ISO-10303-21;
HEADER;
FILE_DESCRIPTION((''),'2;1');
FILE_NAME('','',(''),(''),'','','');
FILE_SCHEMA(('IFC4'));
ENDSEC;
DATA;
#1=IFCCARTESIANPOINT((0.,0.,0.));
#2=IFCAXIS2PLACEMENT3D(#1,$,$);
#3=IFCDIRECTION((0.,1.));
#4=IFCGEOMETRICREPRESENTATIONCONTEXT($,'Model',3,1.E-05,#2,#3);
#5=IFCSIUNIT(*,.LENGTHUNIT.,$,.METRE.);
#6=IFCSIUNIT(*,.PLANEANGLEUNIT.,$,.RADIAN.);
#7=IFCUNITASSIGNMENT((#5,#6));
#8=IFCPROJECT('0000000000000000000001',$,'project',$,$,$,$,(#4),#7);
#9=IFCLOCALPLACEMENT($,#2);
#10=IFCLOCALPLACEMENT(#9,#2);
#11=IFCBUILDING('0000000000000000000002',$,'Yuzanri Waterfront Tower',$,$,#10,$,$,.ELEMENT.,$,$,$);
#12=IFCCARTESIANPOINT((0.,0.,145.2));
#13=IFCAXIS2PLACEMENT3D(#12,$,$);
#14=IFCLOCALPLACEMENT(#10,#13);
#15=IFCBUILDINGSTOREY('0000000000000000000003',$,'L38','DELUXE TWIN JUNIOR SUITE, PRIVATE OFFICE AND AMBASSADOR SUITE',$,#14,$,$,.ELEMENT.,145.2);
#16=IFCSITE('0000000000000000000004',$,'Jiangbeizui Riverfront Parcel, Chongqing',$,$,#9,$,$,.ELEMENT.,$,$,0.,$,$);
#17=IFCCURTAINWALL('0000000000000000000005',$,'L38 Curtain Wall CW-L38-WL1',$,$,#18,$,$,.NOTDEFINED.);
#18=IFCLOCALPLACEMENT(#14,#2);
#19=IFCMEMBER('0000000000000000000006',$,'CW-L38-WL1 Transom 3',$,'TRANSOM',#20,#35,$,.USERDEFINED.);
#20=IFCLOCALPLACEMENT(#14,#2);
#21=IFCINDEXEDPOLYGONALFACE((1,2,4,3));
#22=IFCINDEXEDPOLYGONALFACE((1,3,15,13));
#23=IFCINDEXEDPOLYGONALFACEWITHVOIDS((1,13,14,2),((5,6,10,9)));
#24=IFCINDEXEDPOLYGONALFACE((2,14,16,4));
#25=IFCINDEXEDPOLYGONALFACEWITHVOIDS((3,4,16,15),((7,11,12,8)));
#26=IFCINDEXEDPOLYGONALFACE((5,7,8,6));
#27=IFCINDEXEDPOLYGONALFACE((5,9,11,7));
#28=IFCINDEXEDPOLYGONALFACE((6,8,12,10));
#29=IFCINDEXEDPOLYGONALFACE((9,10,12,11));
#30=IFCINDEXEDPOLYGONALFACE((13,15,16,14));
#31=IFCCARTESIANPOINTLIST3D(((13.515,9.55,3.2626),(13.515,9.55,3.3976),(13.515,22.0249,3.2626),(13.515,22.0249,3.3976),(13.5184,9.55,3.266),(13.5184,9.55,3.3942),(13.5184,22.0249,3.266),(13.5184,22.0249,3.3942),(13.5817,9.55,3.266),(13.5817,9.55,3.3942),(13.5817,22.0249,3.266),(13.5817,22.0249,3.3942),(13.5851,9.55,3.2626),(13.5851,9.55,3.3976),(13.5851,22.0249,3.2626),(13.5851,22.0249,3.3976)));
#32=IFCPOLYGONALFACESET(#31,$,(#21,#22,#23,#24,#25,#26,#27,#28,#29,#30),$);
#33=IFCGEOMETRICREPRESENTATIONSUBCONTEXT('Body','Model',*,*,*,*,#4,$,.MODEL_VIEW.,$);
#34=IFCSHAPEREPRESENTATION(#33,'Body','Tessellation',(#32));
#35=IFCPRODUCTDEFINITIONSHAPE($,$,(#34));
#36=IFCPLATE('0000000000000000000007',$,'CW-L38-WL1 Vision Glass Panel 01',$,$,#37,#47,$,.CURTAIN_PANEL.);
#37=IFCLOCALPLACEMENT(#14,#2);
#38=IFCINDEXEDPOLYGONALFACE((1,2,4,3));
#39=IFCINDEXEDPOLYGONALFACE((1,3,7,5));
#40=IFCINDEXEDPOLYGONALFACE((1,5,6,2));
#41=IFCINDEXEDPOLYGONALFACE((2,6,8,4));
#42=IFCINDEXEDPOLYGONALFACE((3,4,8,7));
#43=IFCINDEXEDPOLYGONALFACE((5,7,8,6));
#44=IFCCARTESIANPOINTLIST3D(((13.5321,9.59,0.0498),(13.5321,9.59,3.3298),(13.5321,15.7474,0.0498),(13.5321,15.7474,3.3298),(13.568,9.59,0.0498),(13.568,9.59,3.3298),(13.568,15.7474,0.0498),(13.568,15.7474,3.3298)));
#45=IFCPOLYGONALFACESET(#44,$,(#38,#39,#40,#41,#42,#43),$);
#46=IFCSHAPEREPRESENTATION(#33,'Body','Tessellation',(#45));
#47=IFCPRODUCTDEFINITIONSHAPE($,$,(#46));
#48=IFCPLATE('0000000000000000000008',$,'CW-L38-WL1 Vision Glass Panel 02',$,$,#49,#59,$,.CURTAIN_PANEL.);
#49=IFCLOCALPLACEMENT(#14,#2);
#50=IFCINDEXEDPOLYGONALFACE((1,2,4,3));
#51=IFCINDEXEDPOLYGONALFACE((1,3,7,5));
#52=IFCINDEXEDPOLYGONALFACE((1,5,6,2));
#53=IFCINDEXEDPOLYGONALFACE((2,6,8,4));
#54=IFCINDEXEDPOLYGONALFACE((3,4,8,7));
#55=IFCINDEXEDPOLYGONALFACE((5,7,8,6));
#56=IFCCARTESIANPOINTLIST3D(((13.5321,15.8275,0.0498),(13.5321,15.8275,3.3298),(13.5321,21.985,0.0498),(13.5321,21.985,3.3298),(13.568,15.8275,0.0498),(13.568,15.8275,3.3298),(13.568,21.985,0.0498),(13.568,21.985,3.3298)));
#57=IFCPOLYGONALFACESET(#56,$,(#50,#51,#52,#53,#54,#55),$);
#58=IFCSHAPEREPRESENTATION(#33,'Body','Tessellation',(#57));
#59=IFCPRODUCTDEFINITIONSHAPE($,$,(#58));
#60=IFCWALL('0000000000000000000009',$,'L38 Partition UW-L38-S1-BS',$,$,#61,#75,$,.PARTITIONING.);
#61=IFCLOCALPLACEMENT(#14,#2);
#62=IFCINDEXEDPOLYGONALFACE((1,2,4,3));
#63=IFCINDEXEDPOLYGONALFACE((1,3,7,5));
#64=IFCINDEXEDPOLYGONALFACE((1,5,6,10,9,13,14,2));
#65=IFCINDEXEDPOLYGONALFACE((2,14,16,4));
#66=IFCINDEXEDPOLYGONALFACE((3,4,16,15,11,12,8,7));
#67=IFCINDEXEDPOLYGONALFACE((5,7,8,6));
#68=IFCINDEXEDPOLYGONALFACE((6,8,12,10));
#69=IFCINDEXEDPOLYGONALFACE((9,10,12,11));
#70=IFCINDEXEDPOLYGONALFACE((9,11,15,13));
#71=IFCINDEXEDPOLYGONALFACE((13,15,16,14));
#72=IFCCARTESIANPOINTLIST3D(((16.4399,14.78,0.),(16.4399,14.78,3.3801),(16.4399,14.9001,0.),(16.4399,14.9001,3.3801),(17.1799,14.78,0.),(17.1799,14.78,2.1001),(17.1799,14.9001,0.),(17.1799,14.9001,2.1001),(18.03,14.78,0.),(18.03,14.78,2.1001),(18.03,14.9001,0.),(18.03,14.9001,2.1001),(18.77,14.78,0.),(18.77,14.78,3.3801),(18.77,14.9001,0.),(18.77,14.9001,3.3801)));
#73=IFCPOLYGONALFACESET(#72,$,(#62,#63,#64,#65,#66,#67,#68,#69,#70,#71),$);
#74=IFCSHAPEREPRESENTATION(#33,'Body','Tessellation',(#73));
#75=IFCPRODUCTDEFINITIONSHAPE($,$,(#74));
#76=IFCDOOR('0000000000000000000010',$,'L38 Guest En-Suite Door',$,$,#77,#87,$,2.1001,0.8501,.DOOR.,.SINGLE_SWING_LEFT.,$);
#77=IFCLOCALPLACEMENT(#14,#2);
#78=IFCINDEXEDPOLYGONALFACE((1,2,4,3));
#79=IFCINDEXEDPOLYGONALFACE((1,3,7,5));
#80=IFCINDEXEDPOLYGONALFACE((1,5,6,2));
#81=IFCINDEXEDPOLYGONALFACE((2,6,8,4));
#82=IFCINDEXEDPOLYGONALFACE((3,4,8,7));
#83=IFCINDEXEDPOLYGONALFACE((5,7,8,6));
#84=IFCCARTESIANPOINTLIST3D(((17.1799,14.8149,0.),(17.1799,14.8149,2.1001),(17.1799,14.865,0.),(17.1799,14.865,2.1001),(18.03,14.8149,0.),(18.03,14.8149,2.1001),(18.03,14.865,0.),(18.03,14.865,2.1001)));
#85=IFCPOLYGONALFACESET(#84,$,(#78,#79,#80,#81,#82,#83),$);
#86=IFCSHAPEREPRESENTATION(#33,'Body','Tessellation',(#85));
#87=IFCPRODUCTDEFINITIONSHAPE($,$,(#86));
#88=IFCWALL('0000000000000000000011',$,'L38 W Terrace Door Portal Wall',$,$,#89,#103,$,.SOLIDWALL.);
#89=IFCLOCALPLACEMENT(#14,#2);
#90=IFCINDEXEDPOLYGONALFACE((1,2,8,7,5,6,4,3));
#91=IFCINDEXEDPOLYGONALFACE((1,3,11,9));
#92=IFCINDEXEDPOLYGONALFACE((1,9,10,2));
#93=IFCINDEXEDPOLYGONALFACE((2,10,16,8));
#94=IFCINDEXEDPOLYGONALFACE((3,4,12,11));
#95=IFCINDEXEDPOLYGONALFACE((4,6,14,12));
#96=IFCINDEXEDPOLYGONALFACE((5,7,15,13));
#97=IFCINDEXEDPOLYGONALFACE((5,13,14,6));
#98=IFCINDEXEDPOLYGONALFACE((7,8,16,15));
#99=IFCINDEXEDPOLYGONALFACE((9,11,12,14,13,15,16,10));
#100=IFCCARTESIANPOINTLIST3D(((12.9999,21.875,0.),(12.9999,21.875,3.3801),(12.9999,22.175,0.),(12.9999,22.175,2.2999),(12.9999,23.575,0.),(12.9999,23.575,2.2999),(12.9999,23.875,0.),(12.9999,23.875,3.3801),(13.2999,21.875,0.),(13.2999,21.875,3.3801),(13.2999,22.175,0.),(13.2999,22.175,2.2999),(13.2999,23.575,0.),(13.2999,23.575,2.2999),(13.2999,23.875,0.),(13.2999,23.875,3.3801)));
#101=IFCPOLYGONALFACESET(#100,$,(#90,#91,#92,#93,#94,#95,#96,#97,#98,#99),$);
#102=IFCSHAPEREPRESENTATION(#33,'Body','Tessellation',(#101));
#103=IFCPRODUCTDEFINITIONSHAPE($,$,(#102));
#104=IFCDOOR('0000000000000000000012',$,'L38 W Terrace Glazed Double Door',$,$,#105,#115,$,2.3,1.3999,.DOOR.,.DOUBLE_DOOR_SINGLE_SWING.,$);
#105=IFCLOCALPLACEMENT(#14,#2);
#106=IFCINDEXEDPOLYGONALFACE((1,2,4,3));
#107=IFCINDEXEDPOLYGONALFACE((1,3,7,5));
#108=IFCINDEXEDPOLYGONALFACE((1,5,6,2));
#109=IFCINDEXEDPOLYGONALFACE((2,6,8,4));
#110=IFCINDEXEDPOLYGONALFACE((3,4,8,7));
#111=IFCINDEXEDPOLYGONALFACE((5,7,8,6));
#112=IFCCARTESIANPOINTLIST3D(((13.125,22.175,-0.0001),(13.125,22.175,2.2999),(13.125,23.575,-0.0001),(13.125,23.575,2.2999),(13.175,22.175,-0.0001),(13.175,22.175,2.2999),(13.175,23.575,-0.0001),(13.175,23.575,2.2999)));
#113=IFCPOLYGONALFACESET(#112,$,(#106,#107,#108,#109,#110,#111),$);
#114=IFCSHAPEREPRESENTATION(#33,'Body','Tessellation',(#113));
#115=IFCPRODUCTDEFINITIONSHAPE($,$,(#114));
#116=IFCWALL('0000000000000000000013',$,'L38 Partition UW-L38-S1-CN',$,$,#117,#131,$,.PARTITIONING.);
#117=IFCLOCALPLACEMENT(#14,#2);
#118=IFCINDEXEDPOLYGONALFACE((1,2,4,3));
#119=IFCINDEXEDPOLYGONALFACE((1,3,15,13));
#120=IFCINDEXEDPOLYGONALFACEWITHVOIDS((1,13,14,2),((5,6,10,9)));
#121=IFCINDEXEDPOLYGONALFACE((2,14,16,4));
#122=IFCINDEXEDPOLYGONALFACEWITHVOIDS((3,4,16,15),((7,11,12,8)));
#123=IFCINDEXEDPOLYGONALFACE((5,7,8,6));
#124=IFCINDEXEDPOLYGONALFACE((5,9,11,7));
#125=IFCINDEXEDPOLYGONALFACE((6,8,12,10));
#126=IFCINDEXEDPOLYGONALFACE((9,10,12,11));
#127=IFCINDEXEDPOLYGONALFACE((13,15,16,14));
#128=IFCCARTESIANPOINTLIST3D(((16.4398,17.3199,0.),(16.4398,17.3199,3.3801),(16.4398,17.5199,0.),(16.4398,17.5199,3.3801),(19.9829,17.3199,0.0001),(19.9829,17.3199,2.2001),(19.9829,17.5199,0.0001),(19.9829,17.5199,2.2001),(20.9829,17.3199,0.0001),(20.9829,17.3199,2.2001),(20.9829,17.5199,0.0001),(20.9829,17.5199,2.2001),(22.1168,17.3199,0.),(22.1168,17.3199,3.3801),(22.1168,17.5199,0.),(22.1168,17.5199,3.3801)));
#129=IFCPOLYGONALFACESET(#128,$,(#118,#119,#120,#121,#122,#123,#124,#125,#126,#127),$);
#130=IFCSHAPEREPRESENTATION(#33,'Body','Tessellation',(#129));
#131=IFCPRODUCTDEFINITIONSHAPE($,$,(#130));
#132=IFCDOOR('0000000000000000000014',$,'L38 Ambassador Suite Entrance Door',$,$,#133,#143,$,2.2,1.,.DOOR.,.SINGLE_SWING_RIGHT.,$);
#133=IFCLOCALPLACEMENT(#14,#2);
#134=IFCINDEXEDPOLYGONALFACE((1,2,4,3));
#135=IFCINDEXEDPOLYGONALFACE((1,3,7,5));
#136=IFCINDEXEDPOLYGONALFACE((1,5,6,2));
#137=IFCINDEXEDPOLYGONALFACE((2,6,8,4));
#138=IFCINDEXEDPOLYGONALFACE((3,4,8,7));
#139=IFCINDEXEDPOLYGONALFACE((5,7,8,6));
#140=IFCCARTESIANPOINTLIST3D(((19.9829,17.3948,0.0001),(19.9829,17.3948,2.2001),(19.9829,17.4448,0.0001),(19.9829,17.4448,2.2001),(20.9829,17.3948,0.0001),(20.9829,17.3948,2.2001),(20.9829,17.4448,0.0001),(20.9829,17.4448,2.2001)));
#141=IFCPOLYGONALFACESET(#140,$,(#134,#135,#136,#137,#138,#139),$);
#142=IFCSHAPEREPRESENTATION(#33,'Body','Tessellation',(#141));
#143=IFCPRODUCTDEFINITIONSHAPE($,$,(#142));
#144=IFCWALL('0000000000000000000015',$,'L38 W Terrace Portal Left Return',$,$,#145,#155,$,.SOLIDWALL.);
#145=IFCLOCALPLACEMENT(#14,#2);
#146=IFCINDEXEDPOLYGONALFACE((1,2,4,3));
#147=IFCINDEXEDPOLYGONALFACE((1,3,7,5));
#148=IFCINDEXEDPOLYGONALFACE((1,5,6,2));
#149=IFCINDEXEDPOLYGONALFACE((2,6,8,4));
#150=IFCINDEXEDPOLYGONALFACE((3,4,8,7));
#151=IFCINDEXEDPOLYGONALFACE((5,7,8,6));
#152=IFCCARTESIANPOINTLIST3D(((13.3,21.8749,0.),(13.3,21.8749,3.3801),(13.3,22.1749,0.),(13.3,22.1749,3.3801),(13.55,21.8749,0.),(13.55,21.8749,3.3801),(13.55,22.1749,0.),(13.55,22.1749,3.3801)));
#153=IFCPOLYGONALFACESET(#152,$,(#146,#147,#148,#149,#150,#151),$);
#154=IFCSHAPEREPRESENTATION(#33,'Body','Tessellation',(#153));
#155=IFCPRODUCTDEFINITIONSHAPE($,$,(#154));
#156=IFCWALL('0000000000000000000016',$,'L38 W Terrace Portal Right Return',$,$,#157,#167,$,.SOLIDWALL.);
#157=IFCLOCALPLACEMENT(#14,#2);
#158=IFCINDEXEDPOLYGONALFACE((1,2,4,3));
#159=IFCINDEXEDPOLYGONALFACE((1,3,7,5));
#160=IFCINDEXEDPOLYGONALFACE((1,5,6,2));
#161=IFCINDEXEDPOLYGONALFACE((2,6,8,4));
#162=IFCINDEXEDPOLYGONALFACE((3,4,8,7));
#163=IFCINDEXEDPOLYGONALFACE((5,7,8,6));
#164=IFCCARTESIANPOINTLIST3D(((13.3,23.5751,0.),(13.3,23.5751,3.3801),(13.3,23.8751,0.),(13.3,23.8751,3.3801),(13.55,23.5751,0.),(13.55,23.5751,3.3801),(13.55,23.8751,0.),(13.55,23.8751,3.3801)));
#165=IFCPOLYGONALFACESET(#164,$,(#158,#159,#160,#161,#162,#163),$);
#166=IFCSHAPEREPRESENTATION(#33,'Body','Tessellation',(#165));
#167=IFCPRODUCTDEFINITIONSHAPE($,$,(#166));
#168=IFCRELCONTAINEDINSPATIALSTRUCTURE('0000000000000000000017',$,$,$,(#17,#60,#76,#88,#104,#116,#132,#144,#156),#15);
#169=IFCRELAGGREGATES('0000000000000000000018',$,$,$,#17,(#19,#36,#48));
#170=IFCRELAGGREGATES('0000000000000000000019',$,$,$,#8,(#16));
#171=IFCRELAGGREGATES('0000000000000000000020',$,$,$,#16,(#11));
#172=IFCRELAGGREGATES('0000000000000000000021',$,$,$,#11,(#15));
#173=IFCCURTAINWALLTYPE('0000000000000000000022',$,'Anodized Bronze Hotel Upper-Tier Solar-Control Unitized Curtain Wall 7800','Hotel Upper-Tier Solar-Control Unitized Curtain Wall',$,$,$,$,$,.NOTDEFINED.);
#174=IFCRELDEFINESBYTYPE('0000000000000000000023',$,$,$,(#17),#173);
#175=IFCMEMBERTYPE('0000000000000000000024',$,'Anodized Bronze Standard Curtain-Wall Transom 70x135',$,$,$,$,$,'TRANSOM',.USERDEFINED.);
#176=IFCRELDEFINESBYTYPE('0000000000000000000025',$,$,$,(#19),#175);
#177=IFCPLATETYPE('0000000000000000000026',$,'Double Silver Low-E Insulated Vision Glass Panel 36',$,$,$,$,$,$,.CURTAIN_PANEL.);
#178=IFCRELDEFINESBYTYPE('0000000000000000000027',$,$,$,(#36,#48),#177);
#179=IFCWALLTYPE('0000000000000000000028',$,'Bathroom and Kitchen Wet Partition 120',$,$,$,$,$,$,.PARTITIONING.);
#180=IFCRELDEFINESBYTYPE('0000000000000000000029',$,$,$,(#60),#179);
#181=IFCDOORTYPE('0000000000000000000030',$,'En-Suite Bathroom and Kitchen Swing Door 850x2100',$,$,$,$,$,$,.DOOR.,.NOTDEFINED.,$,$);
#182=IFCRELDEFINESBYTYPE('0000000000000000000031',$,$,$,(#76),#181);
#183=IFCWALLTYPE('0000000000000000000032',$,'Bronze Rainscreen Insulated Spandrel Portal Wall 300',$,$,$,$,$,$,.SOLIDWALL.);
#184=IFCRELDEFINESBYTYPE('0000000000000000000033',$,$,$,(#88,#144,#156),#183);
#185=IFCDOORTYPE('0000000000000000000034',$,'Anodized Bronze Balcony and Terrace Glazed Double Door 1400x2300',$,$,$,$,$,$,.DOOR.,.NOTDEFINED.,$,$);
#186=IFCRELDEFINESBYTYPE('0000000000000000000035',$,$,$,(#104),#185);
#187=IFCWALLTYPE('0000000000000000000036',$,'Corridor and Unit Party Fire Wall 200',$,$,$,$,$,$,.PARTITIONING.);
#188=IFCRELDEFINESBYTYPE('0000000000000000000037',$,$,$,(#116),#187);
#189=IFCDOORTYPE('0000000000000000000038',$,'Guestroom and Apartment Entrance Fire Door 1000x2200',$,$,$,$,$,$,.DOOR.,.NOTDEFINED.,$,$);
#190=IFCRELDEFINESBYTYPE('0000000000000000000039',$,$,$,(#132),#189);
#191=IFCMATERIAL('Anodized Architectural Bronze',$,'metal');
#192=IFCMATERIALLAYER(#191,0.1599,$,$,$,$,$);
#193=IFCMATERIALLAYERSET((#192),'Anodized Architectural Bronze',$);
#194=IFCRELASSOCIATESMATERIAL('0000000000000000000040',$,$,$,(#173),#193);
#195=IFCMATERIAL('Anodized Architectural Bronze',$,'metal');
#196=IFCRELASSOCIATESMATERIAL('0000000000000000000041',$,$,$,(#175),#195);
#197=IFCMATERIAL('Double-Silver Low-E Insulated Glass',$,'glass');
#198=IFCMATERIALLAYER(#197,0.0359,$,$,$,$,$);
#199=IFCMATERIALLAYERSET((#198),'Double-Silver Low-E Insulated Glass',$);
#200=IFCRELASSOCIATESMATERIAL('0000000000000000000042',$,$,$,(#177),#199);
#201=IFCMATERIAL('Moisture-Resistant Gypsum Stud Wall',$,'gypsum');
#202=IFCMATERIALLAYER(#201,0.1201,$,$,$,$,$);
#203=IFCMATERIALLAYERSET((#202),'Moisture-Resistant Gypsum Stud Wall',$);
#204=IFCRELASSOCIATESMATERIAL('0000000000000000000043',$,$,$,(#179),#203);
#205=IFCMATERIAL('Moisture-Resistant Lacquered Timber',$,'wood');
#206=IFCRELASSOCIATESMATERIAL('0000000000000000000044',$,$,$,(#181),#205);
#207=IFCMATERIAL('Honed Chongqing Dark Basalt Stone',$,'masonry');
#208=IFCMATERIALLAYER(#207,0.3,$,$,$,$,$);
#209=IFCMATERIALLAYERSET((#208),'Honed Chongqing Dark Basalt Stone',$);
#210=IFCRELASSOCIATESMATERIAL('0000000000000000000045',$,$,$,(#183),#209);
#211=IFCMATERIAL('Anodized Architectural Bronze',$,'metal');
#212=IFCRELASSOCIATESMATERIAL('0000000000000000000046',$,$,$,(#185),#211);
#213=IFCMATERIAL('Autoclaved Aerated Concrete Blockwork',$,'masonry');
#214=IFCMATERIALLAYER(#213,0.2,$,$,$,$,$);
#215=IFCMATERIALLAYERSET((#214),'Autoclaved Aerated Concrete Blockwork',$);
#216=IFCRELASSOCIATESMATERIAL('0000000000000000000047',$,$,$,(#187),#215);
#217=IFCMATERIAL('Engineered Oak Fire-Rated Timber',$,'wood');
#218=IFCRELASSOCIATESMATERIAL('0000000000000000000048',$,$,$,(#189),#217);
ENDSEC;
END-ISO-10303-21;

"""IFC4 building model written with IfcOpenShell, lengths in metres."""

from ifc_helpers import new_model, si_unit, direction, frame, frame_2d, origin, origin_2d, place, context, subcontext, project, spatial, rectangle, hollow_rectangle, extrude, source, transform, mapped, material, layer, layer_set, material_profile, profile_set, type_object, element, fill, aggregate, save


model = new_model("IFC4")

# Units and contexts
model_context = context("Model", 3, precision=1e-05, world=origin(), true_north=direction((0.0, 1.0)))
body_context = subcontext(model_context, "Body", "Model", "MODEL_VIEW")
ifc_project = project(units=[si_unit("LENGTHUNIT", "METRE"), si_unit("PLANEANGLEUNIT", "RADIAN")], contexts=[model_context])

# Site, building, storey
site_placement = place(None, origin())
site = spatial("IfcSite", under=ifc_project, at=site_placement, Name="Jiangbeizui Riverfront Parcel, Chongqing", CompositionType="ELEMENT", RefElevation=0.0)
building_placement = place(site_placement, origin())
building = spatial("IfcBuilding", under=site, at=building_placement, Name="Yuzanri Waterfront Tower", CompositionType="ELEMENT")
storey_placement = place(building_placement, frame((0.0, 0.0, 145.2)))
storey = spatial("IfcBuildingStorey", under=building, at=storey_placement, Name="L38", Description="DELUXE TWIN JUNIOR SUITE, PRIVATE OFFICE AND AMBASSADOR SUITE", CompositionType="ELEMENT", Elevation=145.2)

# Curtain wall
ifc_material_1 = material(Name="Anodized Architectural Bronze", Category="metal")
ifc_layer_1 = layer(ifc_material_1, 0.1599)
ifc_layer_set_1 = layer_set([ifc_layer_1], Name="Anodized Architectural Bronze")
curtain_wall_type = type_object("IfcCurtainWallType", Name="Anodized Bronze Hotel Upper-Tier Solar-Control Unitized Curtain Wall 7800", Description="Hotel Upper-Tier Solar-Control Unitized Curtain Wall", PredefinedType="NOTDEFINED", material=ifc_layer_set_1)
curtain_wall_1_placement = place(storey_placement, origin())
curtain_wall_1 = element("IfcCurtainWall", 1, at=curtain_wall_1_placement, inside=storey, type_object=curtain_wall_type, Name="L38 Curtain Wall CW-L38-WL1", PredefinedType="NOTDEFINED")
ifc_material_2 = material(Name="Anodized Architectural Bronze", Category="metal")
ifc_material_profile_1 = material_profile(ifc_material_2, hollow_rectangle(XDim=0.0701, YDim=0.135, WallThickness=0.0034, at=origin_2d()), Name="CWT 70x135")
ifc_profile_set_1 = profile_set([ifc_material_profile_1], Name="Anodized Architectural Bronze")
member_type_1 = type_object("IfcMemberType", Name="Anodized Bronze Standard Curtain-Wall Transom 70x135", ElementType="TRANSOM", PredefinedType="USERDEFINED", material=ifc_profile_set_1)

# Member
shared_shape_1 = source(origin(), body_context, "Body", "SweptSolid", [
    extrude(hollow_rectangle(XDim=0.0701, YDim=0.135, WallThickness=0.0034, at=origin_2d()), origin(), (0.0, 0.0, 1.0), 12.4749),
])
member_1_placement = place(storey_placement, frame((13.55, 9.55, 3.3301), z_axis=(0.0, 1.0, 0.0), x_axis=(-1.0, 0.0, 0.0)))
member_1 = element("IfcMember", 2, at=member_1_placement, type_object=member_type_1, Name="CW-L38-WL1 Transom 3", ObjectType="TRANSOM", PredefinedType="USERDEFINED", context=body_context, shape_type="MappedRepresentation", body=[
    mapped(shared_shape_1, transform((0.0, 0.0, 0.0), scale=1.0)),
])

# Plates
ifc_material_3 = material(Name="Double-Silver Low-E Insulated Glass", Category="glass")
ifc_layer_2 = layer(ifc_material_3, 0.0359)
ifc_layer_set_2 = layer_set([ifc_layer_2], Name="Double-Silver Low-E Insulated Glass")
plate_type = type_object("IfcPlateType", Name="Double Silver Low-E Insulated Vision Glass Panel 36", PredefinedType="CURTAIN_PANEL", material=ifc_layer_set_2)
shared_shape_2 = source(origin(), body_context, "Body", "SweptSolid", [
    extrude(rectangle(XDim=6.1575, YDim=0.0359, at=origin_2d()), origin(), (0.0, 0.0, 1.0), 3.28),
])
plate_1_placement = place(storey_placement, frame((13.55, 12.6687, 0.0498), z_axis=(0.0, 0.0, 1.0), x_axis=(0.0, 1.0, 0.0)))
plate_1 = element("IfcPlate", 3, at=plate_1_placement, type_object=plate_type, Name="CW-L38-WL1 Vision Glass Panel 01", PredefinedType="CURTAIN_PANEL", context=body_context, shape_type="MappedRepresentation", body=[
    mapped(shared_shape_2, transform((0.0, 0.0, 0.0), scale=1.0)),
])
plate_2_placement = place(storey_placement, frame((13.55, 18.9062, 0.0498), z_axis=(0.0, 0.0, 1.0), x_axis=(0.0, 1.0, 0.0)))
plate_2 = element("IfcPlate", 4, at=plate_2_placement, type_object=plate_type, Name="CW-L38-WL1 Vision Glass Panel 02", PredefinedType="CURTAIN_PANEL", context=body_context, shape_type="MappedRepresentation", body=[
    mapped(shared_shape_2, transform((0.0, 0.0, 0.0), scale=1.0)),
])
aggregate(curtain_wall_1, [member_1, plate_1, plate_2])

# Walls, openings, doors
ifc_material_4 = material(Name="Moisture-Resistant Gypsum Stud Wall", Category="gypsum")
ifc_layer_3 = layer(ifc_material_4, 0.1201)
ifc_layer_set_3 = layer_set([ifc_layer_3], Name="Moisture-Resistant Gypsum Stud Wall")
wall_type_1 = type_object("IfcWallType", Name="Bathroom and Kitchen Wet Partition 120", PredefinedType="PARTITIONING", material=ifc_layer_set_3)
wall_1_placement = place(storey_placement, frame((16.4399, 14.8401, 0.0), z_axis=(0.0, 0.0, 1.0), x_axis=(1.0, 0.0, 0.0)))
wall_1 = element("IfcWall", 5, at=wall_1_placement, inside=storey, type_object=wall_type_1, Name="L38 Partition UW-L38-S1-BS", PredefinedType="PARTITIONING", context=body_context, shape_type="SweptSolid", body=[
    extrude(rectangle(XDim=2.3301, YDim=0.1201, at=frame_2d((1.165, 0.0))), origin(), (0.0, 0.0, 1.0), 3.3801),
])
opening_1_placement = place(wall_1_placement, frame((0.74, 0.0, 0.0)))
opening_1 = element("IfcOpeningElement", 6, at=opening_1_placement, cuts=wall_1, PredefinedType="OPENING", context=body_context, shape_type="SweptSolid", body=[
    extrude(rectangle(XDim=0.8501, YDim=2.1001, at=frame_2d((0.425, 1.05))), frame((0.0, 0.075, 0.0), z_axis=(0.0, -1.0, 0.0), x_axis=(1.0, 0.0, 0.0)), (0.0, 0.0, 1.0), 0.1499),
])
ifc_material_5 = material(Name="Moisture-Resistant Lacquered Timber", Category="wood")
door_type_1 = type_object("IfcDoorType", Name="En-Suite Bathroom and Kitchen Swing Door 850x2100", OperationType="NOTDEFINED", PredefinedType="DOOR", material=ifc_material_5)
shared_shape_3 = source(origin(), body_context, "Body", "SweptSolid", [
    extrude(rectangle(XDim=0.8501, YDim=2.1001, at=frame_2d((0.425, 1.05))), frame((0.0, 0.0249, 0.0), z_axis=(0.0, -1.0, 0.0), x_axis=(1.0, 0.0, 0.0)), (0.0, 0.0, 1.0), 0.05),
])
door_1_placement = place(opening_1_placement, origin())
door_1 = element("IfcDoor", 7, at=door_1_placement, inside=storey, type_object=door_type_1, Name="L38 Guest En-Suite Door", OperationType="SINGLE_SWING_LEFT", OverallHeight=2.1001, OverallWidth=0.8501, PredefinedType="DOOR", context=body_context, shape_type="MappedRepresentation", body=[
    mapped(shared_shape_3, transform((0.0, 0.0, 0.0), scale=1.0)),
])
fill(opening_1, door_1)
ifc_material_6 = material(Name="Honed Chongqing Dark Basalt Stone", Category="masonry")
ifc_layer_4 = layer(ifc_material_6, 0.3)
ifc_layer_set_4 = layer_set([ifc_layer_4], Name="Honed Chongqing Dark Basalt Stone")
wall_type_2 = type_object("IfcWallType", Name="Bronze Rainscreen Insulated Spandrel Portal Wall 300", PredefinedType="SOLIDWALL", material=ifc_layer_set_4)
wall_2_placement = place(storey_placement, frame((13.1499, 21.875, 0.0), z_axis=(0.0, 0.0, 1.0), x_axis=(0.0, 1.0, 0.0)))
wall_2 = element("IfcWall", 8, at=wall_2_placement, inside=storey, type_object=wall_type_2, Name="L38 W Terrace Door Portal Wall", PredefinedType="SOLIDWALL", context=body_context, shape_type="SweptSolid", body=[
    extrude(rectangle(XDim=2.0, YDim=0.3, at=frame_2d((1.0, 0.0))), origin(), (0.0, 0.0, 1.0), 3.3801),
])
opening_2_placement = place(wall_2_placement, frame((0.3, 0.0, 0.0)))
opening_2 = element("IfcOpeningElement", 9, at=opening_2_placement, cuts=wall_2, PredefinedType="OPENING", context=body_context, shape_type="SweptSolid", body=[
    extrude(rectangle(XDim=1.3999, YDim=2.3, at=frame_2d((0.7, 1.1499))), frame((0.0, 0.165, 0.0), z_axis=(0.0, -1.0, 0.0), x_axis=(1.0, 0.0, 0.0)), (0.0, 0.0, 1.0), 0.3298),
])
ifc_material_7 = material(Name="Anodized Architectural Bronze", Category="metal")
door_type_2 = type_object("IfcDoorType", Name="Anodized Bronze Balcony and Terrace Glazed Double Door 1400x2300", OperationType="NOTDEFINED", PredefinedType="DOOR", material=ifc_material_7)
shared_shape_4 = source(origin(), body_context, "Body", "SweptSolid", [
    extrude(rectangle(XDim=1.3999, YDim=2.3, at=frame_2d((0.7, 1.1499))), frame((0.0, 0.0249, 0.0), z_axis=(0.0, -1.0, 0.0), x_axis=(1.0, 0.0, 0.0)), (0.0, 0.0, 1.0), 0.05),
])
door_2_placement = place(opening_2_placement, origin())
door_2 = element("IfcDoor", 10, at=door_2_placement, inside=storey, type_object=door_type_2, Name="L38 W Terrace Glazed Double Door", OperationType="DOUBLE_DOOR_SINGLE_SWING", OverallHeight=2.3, OverallWidth=1.3999, PredefinedType="DOOR", context=body_context, shape_type="MappedRepresentation", body=[
    mapped(shared_shape_4, transform((0.0, 0.0, 0.0), scale=1.0)),
])
fill(opening_2, door_2)
ifc_material_8 = material(Name="Autoclaved Aerated Concrete Blockwork", Category="masonry")
ifc_layer_5 = layer(ifc_material_8, 0.2)
ifc_layer_set_5 = layer_set([ifc_layer_5], Name="Autoclaved Aerated Concrete Blockwork")
wall_type_3 = type_object("IfcWallType", Name="Corridor and Unit Party Fire Wall 200", PredefinedType="PARTITIONING", material=ifc_layer_set_5)
wall_3_placement = place(storey_placement, frame((16.4399, 17.4199, 0.0), z_axis=(0.0, 0.0, 1.0), x_axis=(1.0, 0.0, 0.0)))
wall_3 = element("IfcWall", 11, at=wall_3_placement, inside=storey, type_object=wall_type_3, Name="L38 Partition UW-L38-S1-CN", PredefinedType="PARTITIONING", context=body_context, shape_type="SweptSolid", body=[
    extrude(rectangle(XDim=5.677, YDim=0.2, at=frame_2d((2.8384, 0.0))), origin(), (0.0, 0.0, 1.0), 3.3801),
])
opening_3_placement = place(wall_3_placement, frame((3.543, 0.0, 0.0)))
opening_3 = element("IfcOpeningElement", 12, at=opening_3_placement, cuts=wall_3, PredefinedType="OPENING", context=body_context, shape_type="SweptSolid", body=[
    extrude(rectangle(XDim=1.0, YDim=2.2, at=frame_2d((0.5, 1.1001))), frame((0.0, 0.1147, 0.0), z_axis=(0.0, -1.0, 0.0), x_axis=(1.0, 0.0, 0.0)), (0.0, 0.0, 1.0), 0.2297),
])
ifc_material_9 = material(Name="Engineered Oak Fire-Rated Timber", Category="wood")
door_type_3 = type_object("IfcDoorType", Name="Guestroom and Apartment Entrance Fire Door 1000x2200", OperationType="NOTDEFINED", PredefinedType="DOOR", material=ifc_material_9)
shared_shape_5 = source(origin(), body_context, "Body", "SweptSolid", [
    extrude(rectangle(XDim=1.0, YDim=2.2, at=frame_2d((0.5, 1.1001))), frame((0.0, 0.0249, 0.0), z_axis=(0.0, -1.0, 0.0), x_axis=(1.0, 0.0, 0.0)), (0.0, 0.0, 1.0), 0.05),
])
door_3_placement = place(opening_3_placement, origin())
door_3 = element("IfcDoor", 13, at=door_3_placement, inside=storey, type_object=door_type_3, Name="L38 Ambassador Suite Entrance Door", OperationType="SINGLE_SWING_RIGHT", OverallHeight=2.2, OverallWidth=1.0, PredefinedType="DOOR", context=body_context, shape_type="MappedRepresentation", body=[
    mapped(shared_shape_5, transform((0.0, 0.0, 0.0), scale=1.0)),
])
fill(opening_3, door_3)

# Walls
shared_shape_6 = source(origin(), body_context, "Body", "SweptSolid", [
    extrude(rectangle(XDim=0.25, YDim=0.3, at=frame_2d((0.125, 0.0))), origin(), (0.0, 0.0, 1.0), 3.3801),
])
for number, where, z_axis, x_axis, name in (
    (14, (13.55, 22.0249, 0.0), (0.0, 0.0, 1.0), (-1.0, 0.0, 0.0), "L38 W Terrace Portal Left Return"),
    (15, (13.3, 23.7251, 0.0), (0.0, 0.0, 1.0), (1.0, 0.0, 0.0), "L38 W Terrace Portal Right Return"),
):
    element("IfcWall", number, at=place(storey_placement, frame(where, z_axis=z_axis, x_axis=x_axis)), inside=storey, type_object=wall_type_2, Name=name, PredefinedType="SOLIDWALL", context=body_context, shape_type="MappedRepresentation", body=[
        mapped(shared_shape_6, transform((0.0, 0.0, 0.0), scale=1.0)),
    ])

save(model, "model.ifc")
